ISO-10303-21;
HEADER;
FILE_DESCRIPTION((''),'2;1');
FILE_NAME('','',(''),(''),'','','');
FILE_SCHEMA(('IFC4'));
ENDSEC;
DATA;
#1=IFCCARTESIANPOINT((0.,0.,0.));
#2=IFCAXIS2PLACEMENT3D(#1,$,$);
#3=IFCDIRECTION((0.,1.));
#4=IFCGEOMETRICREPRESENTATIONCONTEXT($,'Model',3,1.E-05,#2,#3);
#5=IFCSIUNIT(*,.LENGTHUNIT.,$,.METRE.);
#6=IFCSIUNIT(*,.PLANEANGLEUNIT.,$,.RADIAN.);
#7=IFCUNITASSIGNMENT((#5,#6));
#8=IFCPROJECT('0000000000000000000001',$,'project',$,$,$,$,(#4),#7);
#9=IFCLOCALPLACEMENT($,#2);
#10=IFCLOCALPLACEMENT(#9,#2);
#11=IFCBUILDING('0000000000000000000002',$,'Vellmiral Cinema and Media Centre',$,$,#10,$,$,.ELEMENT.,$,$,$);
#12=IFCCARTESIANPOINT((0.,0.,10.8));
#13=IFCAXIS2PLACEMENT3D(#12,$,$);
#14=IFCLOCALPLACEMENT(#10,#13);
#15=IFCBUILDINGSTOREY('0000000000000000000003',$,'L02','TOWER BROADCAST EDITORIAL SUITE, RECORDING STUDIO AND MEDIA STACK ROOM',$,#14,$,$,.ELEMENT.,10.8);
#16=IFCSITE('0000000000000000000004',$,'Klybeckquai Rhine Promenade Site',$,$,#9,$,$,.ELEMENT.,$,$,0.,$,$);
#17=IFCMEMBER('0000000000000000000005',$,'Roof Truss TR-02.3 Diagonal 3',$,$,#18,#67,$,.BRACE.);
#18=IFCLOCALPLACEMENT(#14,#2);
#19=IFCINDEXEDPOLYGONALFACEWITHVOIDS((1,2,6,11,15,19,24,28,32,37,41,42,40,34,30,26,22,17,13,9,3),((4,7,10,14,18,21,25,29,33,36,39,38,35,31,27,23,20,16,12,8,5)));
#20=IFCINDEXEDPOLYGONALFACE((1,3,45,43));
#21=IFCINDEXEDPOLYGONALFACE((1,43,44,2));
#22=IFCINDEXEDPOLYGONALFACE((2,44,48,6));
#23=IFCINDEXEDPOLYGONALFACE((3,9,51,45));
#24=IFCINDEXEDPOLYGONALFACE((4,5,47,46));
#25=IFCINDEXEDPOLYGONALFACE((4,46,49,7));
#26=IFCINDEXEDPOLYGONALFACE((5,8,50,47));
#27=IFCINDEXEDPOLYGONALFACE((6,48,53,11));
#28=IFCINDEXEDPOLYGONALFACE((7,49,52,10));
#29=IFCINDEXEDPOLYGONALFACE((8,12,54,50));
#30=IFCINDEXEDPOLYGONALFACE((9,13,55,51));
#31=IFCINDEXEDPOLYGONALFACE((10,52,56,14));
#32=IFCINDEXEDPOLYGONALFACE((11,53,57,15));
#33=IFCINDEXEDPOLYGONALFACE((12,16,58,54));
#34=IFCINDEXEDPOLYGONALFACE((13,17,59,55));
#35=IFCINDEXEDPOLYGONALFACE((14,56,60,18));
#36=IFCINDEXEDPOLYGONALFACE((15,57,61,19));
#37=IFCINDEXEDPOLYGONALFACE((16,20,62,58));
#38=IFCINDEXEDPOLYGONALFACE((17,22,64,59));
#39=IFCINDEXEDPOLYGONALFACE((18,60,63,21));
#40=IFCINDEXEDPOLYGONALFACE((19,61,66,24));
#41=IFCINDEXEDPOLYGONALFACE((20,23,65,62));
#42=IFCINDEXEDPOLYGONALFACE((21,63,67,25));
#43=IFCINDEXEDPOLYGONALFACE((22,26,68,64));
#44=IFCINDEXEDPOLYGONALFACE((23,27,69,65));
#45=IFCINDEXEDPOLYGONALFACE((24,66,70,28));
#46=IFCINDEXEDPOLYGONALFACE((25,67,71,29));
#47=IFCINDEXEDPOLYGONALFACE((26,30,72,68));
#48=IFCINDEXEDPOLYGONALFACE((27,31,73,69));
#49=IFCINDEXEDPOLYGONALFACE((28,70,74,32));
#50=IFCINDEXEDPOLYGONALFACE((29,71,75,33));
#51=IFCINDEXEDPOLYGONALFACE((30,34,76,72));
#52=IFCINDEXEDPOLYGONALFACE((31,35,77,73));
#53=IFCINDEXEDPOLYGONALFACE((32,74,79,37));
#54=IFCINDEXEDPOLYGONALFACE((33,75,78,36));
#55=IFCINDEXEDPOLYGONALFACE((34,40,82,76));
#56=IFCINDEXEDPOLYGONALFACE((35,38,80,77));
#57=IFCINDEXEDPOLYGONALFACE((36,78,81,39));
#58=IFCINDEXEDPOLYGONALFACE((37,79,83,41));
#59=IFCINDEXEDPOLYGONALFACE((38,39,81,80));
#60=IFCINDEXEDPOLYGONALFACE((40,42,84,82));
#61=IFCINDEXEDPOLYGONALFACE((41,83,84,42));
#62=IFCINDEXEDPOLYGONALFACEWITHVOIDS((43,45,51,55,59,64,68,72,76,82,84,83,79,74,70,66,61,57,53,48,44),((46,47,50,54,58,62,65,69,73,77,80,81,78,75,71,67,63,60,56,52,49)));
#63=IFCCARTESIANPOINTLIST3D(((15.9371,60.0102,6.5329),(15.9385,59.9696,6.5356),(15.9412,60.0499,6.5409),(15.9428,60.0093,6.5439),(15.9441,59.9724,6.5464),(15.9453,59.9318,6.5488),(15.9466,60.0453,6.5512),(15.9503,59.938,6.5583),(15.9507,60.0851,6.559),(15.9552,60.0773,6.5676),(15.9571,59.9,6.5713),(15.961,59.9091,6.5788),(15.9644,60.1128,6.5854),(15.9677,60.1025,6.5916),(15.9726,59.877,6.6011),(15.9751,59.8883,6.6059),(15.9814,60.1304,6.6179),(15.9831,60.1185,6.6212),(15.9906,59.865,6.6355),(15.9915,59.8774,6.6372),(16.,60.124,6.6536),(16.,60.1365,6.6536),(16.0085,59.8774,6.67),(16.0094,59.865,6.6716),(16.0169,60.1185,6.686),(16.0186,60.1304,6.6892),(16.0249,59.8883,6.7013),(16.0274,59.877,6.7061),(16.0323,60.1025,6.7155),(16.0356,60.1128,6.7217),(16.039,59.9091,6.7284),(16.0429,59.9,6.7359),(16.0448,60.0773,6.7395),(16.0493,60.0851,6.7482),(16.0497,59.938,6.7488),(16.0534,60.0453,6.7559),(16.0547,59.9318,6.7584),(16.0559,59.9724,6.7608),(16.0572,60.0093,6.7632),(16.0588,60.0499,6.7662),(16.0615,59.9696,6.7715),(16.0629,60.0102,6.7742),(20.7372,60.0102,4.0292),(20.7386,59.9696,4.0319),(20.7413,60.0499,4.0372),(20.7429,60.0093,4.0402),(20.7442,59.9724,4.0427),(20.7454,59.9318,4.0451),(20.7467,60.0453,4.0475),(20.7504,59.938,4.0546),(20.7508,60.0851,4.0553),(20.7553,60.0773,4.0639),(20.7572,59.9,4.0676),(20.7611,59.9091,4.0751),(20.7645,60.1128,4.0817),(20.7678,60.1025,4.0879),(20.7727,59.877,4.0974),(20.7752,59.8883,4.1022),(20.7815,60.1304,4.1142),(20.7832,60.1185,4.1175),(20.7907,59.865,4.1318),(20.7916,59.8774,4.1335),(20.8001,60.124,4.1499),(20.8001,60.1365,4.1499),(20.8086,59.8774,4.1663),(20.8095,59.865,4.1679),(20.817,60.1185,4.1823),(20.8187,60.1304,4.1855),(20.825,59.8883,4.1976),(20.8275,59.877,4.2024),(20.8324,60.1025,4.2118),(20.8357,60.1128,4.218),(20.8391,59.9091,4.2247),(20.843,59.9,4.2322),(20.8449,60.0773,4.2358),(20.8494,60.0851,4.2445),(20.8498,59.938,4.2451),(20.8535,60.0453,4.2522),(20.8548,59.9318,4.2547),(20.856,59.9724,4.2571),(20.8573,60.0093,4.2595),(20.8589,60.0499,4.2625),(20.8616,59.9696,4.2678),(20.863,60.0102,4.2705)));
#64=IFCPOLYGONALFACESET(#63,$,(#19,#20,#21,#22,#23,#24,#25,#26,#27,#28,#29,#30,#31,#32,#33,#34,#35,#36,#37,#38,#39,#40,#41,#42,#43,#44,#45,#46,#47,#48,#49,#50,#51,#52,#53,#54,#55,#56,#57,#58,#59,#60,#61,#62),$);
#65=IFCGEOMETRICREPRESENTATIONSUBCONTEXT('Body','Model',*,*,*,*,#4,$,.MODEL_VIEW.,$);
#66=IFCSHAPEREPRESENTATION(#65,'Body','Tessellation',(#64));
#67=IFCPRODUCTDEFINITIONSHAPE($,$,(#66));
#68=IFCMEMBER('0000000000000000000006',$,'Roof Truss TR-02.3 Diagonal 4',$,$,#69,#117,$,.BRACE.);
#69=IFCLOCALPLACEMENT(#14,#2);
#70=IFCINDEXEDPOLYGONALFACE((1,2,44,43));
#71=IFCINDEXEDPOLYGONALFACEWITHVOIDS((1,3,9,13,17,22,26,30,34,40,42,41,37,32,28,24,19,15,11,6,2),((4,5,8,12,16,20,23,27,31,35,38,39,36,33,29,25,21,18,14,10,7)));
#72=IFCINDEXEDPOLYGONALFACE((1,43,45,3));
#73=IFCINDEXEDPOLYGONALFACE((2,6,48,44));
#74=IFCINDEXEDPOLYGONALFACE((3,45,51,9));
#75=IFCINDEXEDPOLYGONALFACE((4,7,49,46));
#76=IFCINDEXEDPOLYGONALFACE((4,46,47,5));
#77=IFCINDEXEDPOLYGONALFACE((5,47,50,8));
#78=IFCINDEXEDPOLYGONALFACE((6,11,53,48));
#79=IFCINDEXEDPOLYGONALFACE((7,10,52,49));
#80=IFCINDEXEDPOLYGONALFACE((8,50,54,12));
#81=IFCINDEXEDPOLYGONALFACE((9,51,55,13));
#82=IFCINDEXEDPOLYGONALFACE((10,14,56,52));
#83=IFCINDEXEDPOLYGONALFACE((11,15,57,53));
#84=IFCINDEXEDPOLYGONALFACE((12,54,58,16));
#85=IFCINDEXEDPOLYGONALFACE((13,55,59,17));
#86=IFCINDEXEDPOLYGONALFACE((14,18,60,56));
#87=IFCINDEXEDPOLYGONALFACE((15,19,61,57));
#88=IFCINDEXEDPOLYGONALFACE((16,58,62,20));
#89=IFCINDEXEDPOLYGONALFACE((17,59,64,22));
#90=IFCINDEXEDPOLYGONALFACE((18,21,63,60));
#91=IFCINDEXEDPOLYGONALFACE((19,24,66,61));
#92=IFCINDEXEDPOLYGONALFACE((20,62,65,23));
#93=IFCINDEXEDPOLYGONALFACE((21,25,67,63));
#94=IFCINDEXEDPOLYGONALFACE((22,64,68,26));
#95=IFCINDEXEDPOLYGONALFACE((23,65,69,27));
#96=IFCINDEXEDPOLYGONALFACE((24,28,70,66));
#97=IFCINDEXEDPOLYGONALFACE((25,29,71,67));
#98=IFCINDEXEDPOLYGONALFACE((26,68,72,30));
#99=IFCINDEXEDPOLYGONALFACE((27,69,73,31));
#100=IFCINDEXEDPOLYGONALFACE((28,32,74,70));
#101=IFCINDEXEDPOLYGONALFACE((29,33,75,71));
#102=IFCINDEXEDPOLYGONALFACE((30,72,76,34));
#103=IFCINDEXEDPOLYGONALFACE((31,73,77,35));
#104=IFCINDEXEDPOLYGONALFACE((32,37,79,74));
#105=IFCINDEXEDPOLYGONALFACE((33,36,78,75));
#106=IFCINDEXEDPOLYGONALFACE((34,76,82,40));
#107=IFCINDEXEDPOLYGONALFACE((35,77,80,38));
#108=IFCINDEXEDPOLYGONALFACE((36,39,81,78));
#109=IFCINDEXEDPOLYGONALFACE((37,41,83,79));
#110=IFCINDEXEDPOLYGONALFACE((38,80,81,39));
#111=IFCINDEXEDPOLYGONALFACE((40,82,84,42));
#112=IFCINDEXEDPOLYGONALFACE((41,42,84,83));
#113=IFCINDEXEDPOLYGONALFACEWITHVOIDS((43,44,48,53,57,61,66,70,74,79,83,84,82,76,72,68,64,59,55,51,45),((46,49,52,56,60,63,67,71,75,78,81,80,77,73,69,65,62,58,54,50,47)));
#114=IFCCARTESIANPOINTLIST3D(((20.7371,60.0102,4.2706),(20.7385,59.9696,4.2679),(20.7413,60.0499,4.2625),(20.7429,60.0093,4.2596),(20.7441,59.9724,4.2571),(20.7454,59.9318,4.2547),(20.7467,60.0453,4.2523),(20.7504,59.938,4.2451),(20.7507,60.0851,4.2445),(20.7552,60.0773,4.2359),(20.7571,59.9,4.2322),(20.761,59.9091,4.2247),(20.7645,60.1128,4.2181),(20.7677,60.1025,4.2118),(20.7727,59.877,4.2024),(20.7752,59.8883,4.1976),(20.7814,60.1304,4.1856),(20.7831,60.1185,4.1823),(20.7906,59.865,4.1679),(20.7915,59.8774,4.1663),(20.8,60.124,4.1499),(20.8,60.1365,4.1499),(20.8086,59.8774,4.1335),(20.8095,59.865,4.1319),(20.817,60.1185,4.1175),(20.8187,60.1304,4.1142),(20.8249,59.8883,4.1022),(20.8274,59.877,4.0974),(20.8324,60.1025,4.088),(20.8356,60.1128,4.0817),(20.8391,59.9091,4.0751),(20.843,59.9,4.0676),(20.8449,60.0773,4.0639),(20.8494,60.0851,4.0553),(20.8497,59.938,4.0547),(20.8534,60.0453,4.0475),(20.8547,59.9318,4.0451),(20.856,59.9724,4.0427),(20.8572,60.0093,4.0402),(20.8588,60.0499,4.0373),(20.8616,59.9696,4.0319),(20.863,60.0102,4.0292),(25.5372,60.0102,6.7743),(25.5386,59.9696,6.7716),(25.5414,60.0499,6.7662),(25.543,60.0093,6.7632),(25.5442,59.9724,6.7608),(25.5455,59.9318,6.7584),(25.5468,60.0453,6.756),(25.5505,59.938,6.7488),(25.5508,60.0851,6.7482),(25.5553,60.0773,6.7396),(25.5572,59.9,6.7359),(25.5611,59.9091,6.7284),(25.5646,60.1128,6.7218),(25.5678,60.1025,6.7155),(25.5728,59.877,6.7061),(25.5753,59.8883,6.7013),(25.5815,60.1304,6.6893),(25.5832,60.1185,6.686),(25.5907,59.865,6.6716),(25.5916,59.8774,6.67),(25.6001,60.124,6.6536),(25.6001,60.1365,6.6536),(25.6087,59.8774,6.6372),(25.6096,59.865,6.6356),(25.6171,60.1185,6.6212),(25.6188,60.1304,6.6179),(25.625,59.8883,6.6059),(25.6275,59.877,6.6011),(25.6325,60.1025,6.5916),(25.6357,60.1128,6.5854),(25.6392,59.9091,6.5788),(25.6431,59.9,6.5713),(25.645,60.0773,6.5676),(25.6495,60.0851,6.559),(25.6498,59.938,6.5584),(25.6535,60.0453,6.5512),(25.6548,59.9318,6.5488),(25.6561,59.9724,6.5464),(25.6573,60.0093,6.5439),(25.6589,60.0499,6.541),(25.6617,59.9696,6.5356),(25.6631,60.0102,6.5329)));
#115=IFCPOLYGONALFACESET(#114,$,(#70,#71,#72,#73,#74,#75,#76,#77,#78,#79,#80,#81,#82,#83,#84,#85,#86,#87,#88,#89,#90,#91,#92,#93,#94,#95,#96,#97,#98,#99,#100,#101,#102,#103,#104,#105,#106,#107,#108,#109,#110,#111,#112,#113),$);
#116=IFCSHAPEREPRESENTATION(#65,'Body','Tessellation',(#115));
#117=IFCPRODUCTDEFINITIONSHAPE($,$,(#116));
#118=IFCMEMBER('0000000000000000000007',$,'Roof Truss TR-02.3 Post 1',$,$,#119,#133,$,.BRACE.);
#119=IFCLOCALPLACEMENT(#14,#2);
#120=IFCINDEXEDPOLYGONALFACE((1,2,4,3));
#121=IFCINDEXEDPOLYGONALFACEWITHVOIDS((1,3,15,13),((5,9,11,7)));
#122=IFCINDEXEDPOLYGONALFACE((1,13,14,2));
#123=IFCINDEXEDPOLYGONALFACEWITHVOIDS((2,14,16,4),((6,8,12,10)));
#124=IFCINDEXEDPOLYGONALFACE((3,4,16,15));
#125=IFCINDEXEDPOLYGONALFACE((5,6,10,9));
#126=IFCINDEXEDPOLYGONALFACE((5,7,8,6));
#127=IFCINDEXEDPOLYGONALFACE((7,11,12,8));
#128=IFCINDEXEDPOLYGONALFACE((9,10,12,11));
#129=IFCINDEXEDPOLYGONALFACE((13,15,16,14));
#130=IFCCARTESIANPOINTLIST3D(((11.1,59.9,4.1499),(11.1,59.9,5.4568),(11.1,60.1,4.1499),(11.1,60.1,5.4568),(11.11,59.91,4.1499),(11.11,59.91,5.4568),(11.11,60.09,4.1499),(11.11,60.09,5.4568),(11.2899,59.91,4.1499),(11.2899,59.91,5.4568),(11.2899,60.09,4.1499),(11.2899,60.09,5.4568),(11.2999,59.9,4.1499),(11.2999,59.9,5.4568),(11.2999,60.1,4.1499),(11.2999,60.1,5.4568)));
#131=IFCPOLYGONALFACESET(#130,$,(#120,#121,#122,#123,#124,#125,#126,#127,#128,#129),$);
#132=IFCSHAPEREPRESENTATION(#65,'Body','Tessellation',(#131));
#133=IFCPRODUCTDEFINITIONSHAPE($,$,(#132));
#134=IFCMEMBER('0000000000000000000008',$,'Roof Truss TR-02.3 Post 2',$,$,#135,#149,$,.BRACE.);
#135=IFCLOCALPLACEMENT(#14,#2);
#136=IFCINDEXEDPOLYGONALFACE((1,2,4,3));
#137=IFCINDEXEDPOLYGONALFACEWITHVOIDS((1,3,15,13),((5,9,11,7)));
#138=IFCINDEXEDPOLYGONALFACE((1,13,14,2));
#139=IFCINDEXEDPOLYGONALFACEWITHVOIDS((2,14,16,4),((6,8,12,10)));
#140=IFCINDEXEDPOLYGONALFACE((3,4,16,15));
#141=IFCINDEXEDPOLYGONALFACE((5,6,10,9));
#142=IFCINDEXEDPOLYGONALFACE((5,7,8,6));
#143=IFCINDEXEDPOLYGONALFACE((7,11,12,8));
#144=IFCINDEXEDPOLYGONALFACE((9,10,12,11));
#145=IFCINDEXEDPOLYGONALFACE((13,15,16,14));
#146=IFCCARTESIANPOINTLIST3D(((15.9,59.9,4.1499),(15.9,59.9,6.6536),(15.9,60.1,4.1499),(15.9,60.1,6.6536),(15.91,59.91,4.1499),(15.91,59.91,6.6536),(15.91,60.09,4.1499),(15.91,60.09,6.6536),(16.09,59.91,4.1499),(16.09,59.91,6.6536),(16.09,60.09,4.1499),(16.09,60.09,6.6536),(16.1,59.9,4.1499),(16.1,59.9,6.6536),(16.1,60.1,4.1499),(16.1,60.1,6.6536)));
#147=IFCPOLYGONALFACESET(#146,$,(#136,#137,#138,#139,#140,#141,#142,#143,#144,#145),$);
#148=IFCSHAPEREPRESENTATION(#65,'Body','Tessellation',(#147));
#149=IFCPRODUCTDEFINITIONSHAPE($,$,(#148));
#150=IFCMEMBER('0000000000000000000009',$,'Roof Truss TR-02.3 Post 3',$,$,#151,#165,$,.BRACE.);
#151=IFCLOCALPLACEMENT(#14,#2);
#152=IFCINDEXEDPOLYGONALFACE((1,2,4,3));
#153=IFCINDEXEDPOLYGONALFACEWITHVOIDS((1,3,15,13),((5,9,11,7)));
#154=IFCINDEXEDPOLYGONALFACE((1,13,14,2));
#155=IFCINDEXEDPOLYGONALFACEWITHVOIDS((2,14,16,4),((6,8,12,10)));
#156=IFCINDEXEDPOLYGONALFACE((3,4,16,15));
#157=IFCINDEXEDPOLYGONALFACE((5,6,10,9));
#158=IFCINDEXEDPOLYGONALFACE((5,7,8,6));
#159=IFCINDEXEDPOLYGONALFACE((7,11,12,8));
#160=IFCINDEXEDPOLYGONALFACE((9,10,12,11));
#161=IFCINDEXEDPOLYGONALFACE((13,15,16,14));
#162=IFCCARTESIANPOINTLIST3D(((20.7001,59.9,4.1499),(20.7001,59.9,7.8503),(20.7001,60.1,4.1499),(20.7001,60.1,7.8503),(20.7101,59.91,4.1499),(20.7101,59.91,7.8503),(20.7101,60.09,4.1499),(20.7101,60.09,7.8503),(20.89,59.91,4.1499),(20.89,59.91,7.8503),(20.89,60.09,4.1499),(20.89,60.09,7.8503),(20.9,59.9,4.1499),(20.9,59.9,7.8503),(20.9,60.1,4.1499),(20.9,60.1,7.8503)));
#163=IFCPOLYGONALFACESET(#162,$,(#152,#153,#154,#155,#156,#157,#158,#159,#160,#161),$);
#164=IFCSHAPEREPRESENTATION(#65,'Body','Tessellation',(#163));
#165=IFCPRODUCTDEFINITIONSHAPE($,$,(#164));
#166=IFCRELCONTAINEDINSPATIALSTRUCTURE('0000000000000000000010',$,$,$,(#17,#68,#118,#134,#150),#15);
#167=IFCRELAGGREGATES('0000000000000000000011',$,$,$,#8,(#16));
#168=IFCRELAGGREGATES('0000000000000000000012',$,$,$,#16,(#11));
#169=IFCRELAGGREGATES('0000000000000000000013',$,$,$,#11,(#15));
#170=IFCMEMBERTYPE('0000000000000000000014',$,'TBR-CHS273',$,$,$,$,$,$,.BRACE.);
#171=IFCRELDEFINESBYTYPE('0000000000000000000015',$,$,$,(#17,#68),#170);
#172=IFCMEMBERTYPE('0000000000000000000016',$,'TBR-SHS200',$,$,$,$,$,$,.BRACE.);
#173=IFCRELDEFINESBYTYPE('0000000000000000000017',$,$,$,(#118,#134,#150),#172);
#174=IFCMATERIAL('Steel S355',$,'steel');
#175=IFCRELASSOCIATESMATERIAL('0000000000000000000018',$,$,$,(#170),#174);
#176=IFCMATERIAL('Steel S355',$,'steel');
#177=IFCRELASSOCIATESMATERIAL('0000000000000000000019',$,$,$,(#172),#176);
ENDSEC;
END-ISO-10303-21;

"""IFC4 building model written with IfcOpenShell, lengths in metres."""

from ifc_helpers import new_model, si_unit, direction, frame, origin, origin_2d, place, context, subcontext, project, spatial, hollow_rectangle, hollow_circle, extrude, material, material_profile, profile_set, type_object, element, save


model = new_model("IFC4")

# Units and contexts
model_context = context("Model", 3, precision=1e-05, world=origin(), true_north=direction((0.0, 1.0)))
body_context = subcontext(model_context, "Body", "Model", "MODEL_VIEW")
ifc_project = project(units=[si_unit("LENGTHUNIT", "METRE"), si_unit("PLANEANGLEUNIT", "RADIAN")], contexts=[model_context])

# Site, building, storey
site_placement = place(None, origin())
site = spatial("IfcSite", under=ifc_project, at=site_placement, Name="Klybeckquai Rhine Promenade Site", CompositionType="ELEMENT", RefElevation=0.0)
building_placement = place(site_placement, origin())
building = spatial("IfcBuilding", under=site, at=building_placement, Name="Vellmiral Cinema and Media Centre", CompositionType="ELEMENT")
storey_placement = place(building_placement, frame((0.0, 0.0, 10.8)))
storey = spatial("IfcBuildingStorey", under=building, at=storey_placement, Name="L02", Description="TOWER BROADCAST EDITORIAL SUITE, RECORDING STUDIO AND MEDIA STACK ROOM", CompositionType="ELEMENT", Elevation=10.8)

# Members
ifc_material_1 = material(Name="Steel S355", Category="steel")
ifc_material_profile_1 = material_profile(ifc_material_1, hollow_circle(Radius=0.1365, WallThickness=0.0125, at=origin_2d()), Name="CHS 273.0x12.5")
ifc_profile_set_1 = profile_set([ifc_material_profile_1], Name="Steel S355")
member_type_1 = type_object("IfcMemberType", Name="TBR-CHS273", PredefinedType="BRACE", material=ifc_profile_set_1)
for number, where, z_axis, x_axis, name in (
    (1, (16.0, 60.0, 6.6536), (0.886639, 0.0, -0.462463), (0.0, 1.0, 0.0), "Roof Truss TR-02.3 Diagonal 3"),
    (2, (20.8, 60.0, 4.1499), (0.886639, 0.0, 0.462463), (0.0, 1.0, 0.0), "Roof Truss TR-02.3 Diagonal 4"),
):
    element("IfcMember", number, at=place(storey_placement, frame(where, z_axis=z_axis, x_axis=x_axis)), inside=storey, type_object=member_type_1, Name=name, PredefinedType="BRACE", context=body_context, shape_type="SweptSolid", body=[
        extrude(hollow_circle(Radius=0.1365, WallThickness=0.0125, at=origin_2d()), origin(), (0.0, 0.0, 1.0), 5.4138),
    ])
ifc_material_2 = material(Name="Steel S355", Category="steel")
ifc_material_profile_2 = material_profile(ifc_material_2, hollow_rectangle(XDim=0.2, YDim=0.2, WallThickness=0.01, at=origin_2d()), Name="SHS 200x200x10.0")
ifc_profile_set_2 = profile_set([ifc_material_profile_2], Name="Steel S355")
member_type_2 = type_object("IfcMemberType", Name="TBR-SHS200", PredefinedType="BRACE", material=ifc_profile_set_2)
member_1_placement = place(storey_placement, frame((11.2, 60.0, 4.1499), z_axis=(0.0, 0.0, 1.0), x_axis=(1.0, 0.0, 0.0)))
element("IfcMember", 3, at=member_1_placement, inside=storey, type_object=member_type_2, Name="Roof Truss TR-02.3 Post 1", PredefinedType="BRACE", context=body_context, shape_type="SweptSolid", body=[
    extrude(hollow_rectangle(XDim=0.2, YDim=0.2, WallThickness=0.01, at=origin_2d()), origin(), (0.0, 0.0, 1.0), 1.3069),
])
member_2_placement = place(storey_placement, frame((16.0, 60.0, 4.1499), z_axis=(0.0, 0.0, 1.0), x_axis=(1.0, 0.0, 0.0)))
element("IfcMember", 4, at=member_2_placement, inside=storey, type_object=member_type_2, Name="Roof Truss TR-02.3 Post 2", PredefinedType="BRACE", context=body_context, shape_type="SweptSolid", body=[
    extrude(hollow_rectangle(XDim=0.2, YDim=0.2, WallThickness=0.01, at=origin_2d()), origin(), (0.0, 0.0, 1.0), 2.5037),
])
member_3_placement = place(storey_placement, frame((20.8, 60.0, 4.1499), z_axis=(0.0, 0.0, 1.0), x_axis=(1.0, 0.0, 0.0)))
element("IfcMember", 5, at=member_3_placement, inside=storey, type_object=member_type_2, Name="Roof Truss TR-02.3 Post 3", PredefinedType="BRACE", context=body_context, shape_type="SweptSolid", body=[
    extrude(hollow_rectangle(XDim=0.2, YDim=0.2, WallThickness=0.01, at=origin_2d()), origin(), (0.0, 0.0, 1.0), 3.7004),
])

save(model, "model.ifc")
